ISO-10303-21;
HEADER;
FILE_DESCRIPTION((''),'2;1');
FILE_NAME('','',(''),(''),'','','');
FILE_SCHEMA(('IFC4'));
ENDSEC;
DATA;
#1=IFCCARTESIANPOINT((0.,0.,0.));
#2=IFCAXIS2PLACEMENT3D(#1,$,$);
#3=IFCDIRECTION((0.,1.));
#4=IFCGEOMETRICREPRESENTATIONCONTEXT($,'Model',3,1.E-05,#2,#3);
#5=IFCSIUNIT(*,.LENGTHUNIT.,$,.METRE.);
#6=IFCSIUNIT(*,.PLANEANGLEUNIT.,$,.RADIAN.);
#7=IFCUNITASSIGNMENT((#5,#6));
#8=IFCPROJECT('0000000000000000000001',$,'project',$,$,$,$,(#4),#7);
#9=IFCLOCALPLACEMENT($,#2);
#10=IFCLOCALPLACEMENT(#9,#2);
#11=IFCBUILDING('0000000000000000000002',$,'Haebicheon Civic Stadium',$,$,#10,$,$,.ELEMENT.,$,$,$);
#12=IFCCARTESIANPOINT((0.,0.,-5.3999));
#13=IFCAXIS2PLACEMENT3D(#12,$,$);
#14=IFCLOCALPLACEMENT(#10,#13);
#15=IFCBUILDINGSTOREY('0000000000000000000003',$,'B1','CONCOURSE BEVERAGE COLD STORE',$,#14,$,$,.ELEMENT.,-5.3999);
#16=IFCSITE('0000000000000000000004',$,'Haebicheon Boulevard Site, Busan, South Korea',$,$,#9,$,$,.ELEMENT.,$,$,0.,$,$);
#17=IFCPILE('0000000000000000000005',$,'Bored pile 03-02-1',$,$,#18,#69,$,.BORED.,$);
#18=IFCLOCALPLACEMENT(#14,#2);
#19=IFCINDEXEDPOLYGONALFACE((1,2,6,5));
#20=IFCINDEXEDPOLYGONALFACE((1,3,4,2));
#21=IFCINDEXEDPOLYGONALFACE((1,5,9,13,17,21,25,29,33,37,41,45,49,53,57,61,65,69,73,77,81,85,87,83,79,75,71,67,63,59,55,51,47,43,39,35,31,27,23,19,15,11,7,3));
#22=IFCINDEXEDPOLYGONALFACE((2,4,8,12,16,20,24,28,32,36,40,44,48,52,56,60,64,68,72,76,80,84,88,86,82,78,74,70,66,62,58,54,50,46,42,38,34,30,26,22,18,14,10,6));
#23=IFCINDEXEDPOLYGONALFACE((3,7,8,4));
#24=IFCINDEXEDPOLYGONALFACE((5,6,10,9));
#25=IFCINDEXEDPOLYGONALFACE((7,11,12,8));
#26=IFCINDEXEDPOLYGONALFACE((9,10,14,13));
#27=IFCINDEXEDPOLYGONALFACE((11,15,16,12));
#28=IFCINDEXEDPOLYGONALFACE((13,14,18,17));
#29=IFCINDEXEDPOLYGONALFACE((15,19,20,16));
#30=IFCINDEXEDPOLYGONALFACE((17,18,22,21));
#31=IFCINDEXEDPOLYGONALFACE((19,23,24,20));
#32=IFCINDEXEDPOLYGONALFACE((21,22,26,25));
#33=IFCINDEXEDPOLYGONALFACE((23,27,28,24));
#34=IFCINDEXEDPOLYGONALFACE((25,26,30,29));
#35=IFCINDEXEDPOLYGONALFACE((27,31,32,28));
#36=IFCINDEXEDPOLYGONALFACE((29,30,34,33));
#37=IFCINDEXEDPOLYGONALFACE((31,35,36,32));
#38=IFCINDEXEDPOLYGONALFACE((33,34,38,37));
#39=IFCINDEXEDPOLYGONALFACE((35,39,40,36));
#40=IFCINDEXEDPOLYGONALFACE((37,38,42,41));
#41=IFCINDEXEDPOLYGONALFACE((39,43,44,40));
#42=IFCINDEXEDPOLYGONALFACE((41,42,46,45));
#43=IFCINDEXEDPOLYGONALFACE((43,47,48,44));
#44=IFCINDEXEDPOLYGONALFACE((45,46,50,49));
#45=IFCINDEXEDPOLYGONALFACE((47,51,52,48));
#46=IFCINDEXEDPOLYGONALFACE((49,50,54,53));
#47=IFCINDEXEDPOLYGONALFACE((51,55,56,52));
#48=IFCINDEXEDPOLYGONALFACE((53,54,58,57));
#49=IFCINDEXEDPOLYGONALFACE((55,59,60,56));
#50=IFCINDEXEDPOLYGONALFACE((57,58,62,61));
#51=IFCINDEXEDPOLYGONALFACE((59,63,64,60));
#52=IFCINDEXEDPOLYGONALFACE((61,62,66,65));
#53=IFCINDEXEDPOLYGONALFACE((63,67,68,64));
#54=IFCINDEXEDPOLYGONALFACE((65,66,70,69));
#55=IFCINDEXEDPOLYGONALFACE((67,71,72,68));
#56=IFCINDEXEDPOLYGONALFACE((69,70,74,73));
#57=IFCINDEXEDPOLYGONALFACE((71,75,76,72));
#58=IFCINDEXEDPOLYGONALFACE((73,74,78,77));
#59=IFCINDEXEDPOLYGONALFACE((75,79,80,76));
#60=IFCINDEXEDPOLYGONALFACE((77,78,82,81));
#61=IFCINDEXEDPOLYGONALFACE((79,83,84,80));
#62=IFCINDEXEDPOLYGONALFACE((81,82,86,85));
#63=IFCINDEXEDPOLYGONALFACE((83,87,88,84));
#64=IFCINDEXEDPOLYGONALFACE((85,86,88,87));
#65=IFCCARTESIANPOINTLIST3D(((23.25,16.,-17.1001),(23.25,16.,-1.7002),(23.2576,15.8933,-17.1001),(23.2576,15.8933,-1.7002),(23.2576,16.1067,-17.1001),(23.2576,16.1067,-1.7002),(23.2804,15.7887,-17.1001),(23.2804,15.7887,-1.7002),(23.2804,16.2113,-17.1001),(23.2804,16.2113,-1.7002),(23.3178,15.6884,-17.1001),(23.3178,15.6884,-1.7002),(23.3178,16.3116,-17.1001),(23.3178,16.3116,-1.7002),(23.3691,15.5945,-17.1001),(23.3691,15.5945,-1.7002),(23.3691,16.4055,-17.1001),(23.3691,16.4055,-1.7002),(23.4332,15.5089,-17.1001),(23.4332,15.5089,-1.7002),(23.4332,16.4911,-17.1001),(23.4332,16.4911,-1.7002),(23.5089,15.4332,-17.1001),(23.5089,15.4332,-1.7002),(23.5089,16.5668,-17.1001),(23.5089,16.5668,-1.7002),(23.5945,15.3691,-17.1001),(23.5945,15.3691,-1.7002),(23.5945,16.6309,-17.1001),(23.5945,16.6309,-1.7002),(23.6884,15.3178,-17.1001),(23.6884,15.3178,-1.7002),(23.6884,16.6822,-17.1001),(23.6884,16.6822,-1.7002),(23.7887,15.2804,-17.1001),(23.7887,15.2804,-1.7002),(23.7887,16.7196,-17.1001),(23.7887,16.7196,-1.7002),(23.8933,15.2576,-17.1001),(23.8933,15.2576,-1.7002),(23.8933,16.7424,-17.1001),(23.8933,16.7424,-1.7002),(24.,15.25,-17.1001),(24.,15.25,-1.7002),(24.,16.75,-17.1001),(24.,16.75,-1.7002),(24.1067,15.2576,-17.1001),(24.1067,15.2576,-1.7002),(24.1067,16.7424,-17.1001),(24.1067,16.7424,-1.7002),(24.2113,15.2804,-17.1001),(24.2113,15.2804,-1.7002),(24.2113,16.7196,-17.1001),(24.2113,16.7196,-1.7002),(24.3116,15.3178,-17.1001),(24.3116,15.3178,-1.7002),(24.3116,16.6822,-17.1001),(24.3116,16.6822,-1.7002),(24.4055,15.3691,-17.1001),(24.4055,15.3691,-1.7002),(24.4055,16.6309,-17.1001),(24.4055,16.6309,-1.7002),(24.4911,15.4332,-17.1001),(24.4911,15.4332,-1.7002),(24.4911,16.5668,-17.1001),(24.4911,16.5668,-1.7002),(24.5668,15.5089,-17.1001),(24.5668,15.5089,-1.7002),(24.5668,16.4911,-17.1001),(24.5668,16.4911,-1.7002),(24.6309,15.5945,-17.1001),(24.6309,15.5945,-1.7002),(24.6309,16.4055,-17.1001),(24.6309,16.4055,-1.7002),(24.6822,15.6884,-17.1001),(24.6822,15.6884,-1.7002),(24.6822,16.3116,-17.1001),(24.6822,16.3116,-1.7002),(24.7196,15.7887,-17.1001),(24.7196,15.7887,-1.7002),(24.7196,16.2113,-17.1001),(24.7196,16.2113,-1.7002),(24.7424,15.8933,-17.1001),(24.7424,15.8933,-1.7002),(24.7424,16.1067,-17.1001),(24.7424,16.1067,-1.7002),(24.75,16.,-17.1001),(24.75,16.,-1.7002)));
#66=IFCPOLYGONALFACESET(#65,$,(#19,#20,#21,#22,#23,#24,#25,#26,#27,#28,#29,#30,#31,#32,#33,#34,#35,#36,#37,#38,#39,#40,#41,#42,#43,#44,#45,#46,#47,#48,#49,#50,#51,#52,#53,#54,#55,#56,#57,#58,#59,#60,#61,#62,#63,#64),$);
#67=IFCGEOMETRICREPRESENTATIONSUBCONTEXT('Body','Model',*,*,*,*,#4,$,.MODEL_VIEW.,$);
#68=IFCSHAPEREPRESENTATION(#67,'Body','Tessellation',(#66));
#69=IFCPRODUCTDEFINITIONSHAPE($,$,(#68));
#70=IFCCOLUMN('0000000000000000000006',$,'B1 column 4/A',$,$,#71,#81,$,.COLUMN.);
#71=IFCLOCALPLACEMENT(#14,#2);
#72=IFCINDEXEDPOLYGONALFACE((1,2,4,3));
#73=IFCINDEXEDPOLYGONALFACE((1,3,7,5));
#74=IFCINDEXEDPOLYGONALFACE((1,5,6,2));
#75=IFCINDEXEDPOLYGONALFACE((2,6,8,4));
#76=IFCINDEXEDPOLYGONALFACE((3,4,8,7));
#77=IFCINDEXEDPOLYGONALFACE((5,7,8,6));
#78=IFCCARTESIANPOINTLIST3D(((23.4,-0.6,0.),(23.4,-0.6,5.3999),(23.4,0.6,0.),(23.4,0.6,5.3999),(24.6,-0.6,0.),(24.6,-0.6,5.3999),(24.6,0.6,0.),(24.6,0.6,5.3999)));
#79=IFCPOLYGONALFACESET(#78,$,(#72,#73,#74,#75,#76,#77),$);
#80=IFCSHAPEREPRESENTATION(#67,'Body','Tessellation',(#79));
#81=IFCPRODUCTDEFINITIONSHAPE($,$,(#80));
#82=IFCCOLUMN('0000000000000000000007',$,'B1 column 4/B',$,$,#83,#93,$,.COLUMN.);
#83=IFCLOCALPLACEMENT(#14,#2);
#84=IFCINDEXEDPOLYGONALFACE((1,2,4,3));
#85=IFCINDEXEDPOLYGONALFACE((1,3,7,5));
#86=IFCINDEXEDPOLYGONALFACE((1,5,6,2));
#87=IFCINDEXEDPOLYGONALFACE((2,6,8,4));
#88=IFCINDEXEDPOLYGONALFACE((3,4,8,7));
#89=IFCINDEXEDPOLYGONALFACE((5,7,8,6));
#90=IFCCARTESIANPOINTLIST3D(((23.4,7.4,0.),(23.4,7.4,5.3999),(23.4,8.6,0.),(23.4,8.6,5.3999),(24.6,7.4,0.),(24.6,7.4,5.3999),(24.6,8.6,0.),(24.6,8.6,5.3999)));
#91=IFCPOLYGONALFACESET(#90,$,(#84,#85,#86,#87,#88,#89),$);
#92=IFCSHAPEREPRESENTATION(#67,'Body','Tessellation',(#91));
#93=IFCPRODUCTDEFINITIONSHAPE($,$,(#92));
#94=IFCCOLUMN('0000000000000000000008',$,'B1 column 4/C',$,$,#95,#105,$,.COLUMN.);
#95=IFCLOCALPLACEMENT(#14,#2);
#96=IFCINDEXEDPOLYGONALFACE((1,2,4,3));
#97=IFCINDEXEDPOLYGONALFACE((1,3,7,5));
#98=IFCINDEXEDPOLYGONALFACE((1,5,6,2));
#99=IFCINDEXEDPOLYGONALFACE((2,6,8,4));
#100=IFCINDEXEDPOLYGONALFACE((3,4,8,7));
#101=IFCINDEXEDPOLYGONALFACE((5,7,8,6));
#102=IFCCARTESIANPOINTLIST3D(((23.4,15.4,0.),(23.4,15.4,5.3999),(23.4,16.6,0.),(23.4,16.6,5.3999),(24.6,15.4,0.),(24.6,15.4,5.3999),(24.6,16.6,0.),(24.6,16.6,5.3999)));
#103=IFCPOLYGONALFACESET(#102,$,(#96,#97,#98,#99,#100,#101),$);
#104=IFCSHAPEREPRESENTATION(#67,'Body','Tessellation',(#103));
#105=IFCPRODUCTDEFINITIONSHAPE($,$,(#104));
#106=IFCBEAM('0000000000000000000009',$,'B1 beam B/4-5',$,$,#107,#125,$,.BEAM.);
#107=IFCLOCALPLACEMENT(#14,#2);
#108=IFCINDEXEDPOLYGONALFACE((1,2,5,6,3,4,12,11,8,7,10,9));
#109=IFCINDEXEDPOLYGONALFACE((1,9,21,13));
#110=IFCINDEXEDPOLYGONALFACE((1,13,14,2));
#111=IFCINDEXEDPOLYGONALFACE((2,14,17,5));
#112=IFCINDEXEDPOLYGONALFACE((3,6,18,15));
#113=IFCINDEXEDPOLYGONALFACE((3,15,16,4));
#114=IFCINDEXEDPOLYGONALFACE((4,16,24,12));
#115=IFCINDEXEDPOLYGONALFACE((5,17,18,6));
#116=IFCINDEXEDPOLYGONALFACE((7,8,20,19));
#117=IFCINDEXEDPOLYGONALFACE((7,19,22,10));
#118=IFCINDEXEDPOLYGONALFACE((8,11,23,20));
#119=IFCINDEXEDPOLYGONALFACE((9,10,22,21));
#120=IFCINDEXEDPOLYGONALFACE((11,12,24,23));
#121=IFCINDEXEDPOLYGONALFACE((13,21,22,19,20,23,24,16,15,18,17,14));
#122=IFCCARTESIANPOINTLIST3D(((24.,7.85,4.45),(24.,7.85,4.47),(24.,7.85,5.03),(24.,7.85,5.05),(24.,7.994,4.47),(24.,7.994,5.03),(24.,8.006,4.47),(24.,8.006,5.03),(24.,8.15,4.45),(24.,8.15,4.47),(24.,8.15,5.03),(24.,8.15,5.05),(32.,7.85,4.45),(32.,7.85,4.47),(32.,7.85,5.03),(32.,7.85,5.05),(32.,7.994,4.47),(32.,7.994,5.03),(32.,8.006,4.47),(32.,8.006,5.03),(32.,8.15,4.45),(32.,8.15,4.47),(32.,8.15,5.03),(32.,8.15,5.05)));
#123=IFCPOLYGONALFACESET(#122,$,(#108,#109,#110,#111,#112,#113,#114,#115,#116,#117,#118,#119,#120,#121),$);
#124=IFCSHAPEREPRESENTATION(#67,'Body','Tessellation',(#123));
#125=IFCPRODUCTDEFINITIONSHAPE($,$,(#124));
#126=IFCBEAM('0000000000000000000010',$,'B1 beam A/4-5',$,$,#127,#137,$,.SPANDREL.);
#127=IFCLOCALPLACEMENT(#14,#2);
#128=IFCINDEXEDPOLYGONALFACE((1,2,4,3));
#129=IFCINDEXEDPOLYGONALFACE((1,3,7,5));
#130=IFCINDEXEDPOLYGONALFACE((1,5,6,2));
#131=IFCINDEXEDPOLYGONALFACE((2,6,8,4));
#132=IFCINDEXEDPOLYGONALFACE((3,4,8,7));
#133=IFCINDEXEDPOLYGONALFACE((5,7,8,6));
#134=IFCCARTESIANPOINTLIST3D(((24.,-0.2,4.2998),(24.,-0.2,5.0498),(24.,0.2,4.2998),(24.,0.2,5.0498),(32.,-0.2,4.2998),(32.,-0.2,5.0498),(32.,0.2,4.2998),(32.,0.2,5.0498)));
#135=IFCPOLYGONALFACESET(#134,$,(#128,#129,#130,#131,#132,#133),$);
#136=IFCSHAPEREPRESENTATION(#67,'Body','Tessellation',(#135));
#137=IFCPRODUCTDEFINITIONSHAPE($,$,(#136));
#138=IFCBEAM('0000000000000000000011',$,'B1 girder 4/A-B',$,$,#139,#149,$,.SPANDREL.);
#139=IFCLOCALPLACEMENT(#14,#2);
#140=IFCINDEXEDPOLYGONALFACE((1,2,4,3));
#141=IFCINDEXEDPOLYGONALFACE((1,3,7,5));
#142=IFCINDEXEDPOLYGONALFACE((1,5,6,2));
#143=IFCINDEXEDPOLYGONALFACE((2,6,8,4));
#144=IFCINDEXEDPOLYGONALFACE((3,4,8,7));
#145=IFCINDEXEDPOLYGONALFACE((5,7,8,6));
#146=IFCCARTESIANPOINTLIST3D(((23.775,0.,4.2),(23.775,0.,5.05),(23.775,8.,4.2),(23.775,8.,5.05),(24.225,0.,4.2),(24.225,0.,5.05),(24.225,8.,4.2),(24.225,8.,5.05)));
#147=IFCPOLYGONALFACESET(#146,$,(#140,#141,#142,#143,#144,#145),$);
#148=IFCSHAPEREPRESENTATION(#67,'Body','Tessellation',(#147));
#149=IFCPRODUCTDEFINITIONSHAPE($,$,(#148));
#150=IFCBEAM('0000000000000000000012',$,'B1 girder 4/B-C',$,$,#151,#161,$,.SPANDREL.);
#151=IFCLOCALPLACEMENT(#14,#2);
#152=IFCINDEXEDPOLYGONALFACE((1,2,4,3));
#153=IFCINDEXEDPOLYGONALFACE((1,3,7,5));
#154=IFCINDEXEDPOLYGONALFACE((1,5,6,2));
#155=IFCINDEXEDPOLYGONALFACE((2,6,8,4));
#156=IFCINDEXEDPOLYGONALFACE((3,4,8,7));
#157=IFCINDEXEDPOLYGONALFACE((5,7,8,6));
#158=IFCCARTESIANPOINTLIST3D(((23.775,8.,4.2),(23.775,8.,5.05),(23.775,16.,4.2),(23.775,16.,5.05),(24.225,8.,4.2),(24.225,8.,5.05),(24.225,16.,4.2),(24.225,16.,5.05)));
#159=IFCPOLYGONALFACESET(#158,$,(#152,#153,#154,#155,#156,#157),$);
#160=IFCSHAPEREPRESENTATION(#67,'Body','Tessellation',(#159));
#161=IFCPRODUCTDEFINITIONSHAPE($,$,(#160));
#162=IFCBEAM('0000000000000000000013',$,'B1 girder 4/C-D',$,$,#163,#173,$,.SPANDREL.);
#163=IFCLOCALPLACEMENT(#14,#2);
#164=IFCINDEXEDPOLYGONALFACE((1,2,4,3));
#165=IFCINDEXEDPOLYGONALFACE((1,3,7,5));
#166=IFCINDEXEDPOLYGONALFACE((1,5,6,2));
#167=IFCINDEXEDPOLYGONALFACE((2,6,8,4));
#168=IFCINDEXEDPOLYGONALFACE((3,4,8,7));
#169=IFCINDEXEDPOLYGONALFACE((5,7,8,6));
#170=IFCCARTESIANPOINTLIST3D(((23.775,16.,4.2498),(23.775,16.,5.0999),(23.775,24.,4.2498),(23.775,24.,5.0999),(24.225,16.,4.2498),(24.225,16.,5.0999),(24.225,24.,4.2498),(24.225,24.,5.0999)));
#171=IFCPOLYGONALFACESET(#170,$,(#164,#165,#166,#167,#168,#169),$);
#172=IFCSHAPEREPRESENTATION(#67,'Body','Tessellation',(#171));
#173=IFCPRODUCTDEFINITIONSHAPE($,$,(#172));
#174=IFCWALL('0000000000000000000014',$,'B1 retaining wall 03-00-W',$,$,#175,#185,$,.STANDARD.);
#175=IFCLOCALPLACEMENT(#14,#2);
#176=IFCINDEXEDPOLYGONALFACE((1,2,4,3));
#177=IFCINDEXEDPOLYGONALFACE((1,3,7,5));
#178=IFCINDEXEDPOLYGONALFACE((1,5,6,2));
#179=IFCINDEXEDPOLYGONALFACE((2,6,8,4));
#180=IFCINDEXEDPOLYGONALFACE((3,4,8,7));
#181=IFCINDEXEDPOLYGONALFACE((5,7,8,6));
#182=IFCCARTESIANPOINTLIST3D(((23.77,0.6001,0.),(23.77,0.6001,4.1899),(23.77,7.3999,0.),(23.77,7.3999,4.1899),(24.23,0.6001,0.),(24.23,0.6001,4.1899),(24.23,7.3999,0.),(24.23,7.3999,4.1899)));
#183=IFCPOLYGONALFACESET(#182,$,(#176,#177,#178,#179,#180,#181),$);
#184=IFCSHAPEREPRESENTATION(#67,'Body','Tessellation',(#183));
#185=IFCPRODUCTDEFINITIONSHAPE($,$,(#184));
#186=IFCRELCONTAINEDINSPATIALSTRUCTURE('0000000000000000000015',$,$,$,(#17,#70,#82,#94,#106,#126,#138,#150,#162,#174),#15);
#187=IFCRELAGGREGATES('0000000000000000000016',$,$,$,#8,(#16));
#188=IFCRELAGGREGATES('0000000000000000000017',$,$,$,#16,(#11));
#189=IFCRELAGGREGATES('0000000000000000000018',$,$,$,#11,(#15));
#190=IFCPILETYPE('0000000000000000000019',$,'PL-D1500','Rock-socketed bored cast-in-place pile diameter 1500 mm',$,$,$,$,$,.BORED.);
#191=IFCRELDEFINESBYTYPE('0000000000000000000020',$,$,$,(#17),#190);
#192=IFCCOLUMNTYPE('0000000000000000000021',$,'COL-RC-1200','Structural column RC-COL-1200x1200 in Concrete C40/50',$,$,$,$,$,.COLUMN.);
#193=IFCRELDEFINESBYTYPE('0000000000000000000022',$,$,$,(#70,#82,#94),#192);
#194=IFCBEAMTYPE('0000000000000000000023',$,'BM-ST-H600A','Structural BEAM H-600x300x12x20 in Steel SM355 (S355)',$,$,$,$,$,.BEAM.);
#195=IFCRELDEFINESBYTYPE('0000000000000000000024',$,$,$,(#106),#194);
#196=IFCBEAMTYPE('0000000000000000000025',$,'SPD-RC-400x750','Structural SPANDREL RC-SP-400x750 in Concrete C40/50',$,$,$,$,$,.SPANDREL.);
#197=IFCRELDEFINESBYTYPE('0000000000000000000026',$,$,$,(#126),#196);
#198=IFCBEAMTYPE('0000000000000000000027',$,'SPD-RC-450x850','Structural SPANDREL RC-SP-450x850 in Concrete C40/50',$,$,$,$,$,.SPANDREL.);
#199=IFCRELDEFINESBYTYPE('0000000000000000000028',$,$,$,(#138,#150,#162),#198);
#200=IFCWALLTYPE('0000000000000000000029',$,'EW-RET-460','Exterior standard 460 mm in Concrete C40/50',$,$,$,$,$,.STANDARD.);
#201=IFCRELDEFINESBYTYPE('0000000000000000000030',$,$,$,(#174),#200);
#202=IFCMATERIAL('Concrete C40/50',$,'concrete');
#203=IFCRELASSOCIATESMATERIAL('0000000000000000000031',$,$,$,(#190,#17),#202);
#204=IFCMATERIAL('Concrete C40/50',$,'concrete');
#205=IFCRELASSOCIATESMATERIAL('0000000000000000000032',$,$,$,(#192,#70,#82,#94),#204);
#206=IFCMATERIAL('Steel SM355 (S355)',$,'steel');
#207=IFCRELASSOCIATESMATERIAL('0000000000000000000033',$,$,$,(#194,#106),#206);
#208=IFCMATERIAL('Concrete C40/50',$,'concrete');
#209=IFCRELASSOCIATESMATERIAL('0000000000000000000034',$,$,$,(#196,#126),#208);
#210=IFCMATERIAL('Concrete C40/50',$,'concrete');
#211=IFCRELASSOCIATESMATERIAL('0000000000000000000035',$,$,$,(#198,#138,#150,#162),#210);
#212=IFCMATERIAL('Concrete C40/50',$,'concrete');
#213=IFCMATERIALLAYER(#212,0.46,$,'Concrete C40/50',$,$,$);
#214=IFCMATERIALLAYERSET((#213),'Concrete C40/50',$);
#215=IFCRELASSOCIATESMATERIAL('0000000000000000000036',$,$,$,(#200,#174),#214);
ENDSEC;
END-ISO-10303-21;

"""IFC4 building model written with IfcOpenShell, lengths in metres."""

from ifc_helpers import new_model, si_unit, direction, frame, frame_2d, origin, origin_2d, place, context, subcontext, project, spatial, rectangle, circle, i_section, extrude, material, layer, layer_set, material_profile, profile_set, type_object, element, save


model = new_model("IFC4")

# Units and contexts
model_context = context("Model", 3, precision=1e-05, world=origin(), true_north=direction((0.0, 1.0)))
body_context = subcontext(model_context, "Body", "Model", "MODEL_VIEW")
ifc_project = project(units=[si_unit("LENGTHUNIT", "METRE"), si_unit("PLANEANGLEUNIT", "RADIAN")], contexts=[model_context])

# Site, building, storey
site_placement = place(None, origin())
site = spatial("IfcSite", under=ifc_project, at=site_placement, Name="Haebicheon Boulevard Site, Busan, South Korea", CompositionType="ELEMENT", RefElevation=0.0)
building_placement = place(site_placement, origin())
building = spatial("IfcBuilding", under=site, at=building_placement, Name="Haebicheon Civic Stadium", CompositionType="ELEMENT")
storey_placement = place(building_placement, frame((0.0, 0.0, -5.3999)))
storey = spatial("IfcBuildingStorey", under=building, at=storey_placement, Name="B1", Description="CONCOURSE BEVERAGE COLD STORE", CompositionType="ELEMENT", Elevation=-5.3999)

# Pile
ifc_material_1 = material(Name="Concrete C40/50", Category="concrete")
ifc_material_profile_1 = material_profile(ifc_material_1, circle(Radius=0.75, at=origin_2d()), Name="PILE-D1500")
ifc_profile_set_1 = profile_set([ifc_material_profile_1], Name="Concrete C40/50")
pile_type_1 = type_object("IfcPileType", Name="PL-D1500", Description="Rock-socketed bored cast-in-place pile diameter 1500 mm", PredefinedType="BORED", material=ifc_profile_set_1)
pile_1_placement = place(storey_placement, frame((24.0, 16.0, -1.7002), z_axis=(0.0, 0.0, -1.0), x_axis=(1.0, 0.0, 0.0)))
element("IfcPile", 1, at=pile_1_placement, inside=storey, type_object=pile_type_1, material=ifc_profile_set_1, Name="Bored pile 03-02-1", PredefinedType="BORED", context=body_context, shape_type="SweptSolid", body=[
    extrude(circle(Radius=0.75, at=origin_2d()), origin(), (0.0, 0.0, 1.0), 15.3999),
])

# Columns
ifc_material_2 = material(Name="Concrete C40/50", Category="concrete")
ifc_material_profile_2 = material_profile(ifc_material_2, rectangle(XDim=1.2, YDim=1.2, at=origin_2d()), Name="RC-COL-1200x1200")
ifc_profile_set_2 = profile_set([ifc_material_profile_2], Name="Concrete C40/50")
column_type = type_object("IfcColumnType", Name="COL-RC-1200", Description="Structural column RC-COL-1200x1200 in Concrete C40/50", PredefinedType="COLUMN", material=ifc_profile_set_2)
for number, where, z_axis, x_axis, name in (
    (2, (24.0, 0.0, 0.0), (0.0, 0.0, 1.0), (1.0, 0.0, 0.0), "B1 column 4/A"),
    (3, (24.0, 8.0, 0.0), (0.0, 0.0, 1.0), (1.0, 0.0, 0.0), "B1 column 4/B"),
    (4, (24.0, 16.0, 0.0), (0.0, 0.0, 1.0), (1.0, 0.0, 0.0), "B1 column 4/C"),
):
    element("IfcColumn", number, at=place(storey_placement, frame(where, z_axis=z_axis, x_axis=x_axis)), inside=storey, type_object=column_type, material=ifc_profile_set_2, Name=name, PredefinedType="COLUMN", context=body_context, shape_type="SweptSolid", body=[
        extrude(rectangle(XDim=1.2, YDim=1.2, at=origin_2d()), origin(), (0.0, 0.0, 1.0), 5.3999),
    ])

# Beams
ifc_material_3 = material(Name="Steel SM355 (S355)", Category="steel")
ifc_material_profile_3 = material_profile(ifc_material_3, i_section(OverallWidth=0.3, OverallDepth=0.6001, WebThickness=0.012, FlangeThickness=0.02, at=origin_2d()), Name="H-600x300x12x20")
ifc_profile_set_3 = profile_set([ifc_material_profile_3], Name="Steel SM355 (S355)")
beam_type_1 = type_object("IfcBeamType", Name="BM-ST-H600A", Description="Structural BEAM H-600x300x12x20 in Steel SM355 (S355)", PredefinedType="BEAM", material=ifc_profile_set_3)
beam_1_placement = place(storey_placement, frame((24.0, 8.0, 4.75), z_axis=(1.0, 0.0, 0.0), x_axis=(0.0, 1.0, 0.0)))
element("IfcBeam", 5, at=beam_1_placement, inside=storey, type_object=beam_type_1, material=ifc_profile_set_3, Name="B1 beam B/4-5", PredefinedType="BEAM", context=body_context, shape_type="SweptSolid", body=[
    extrude(i_section(OverallWidth=0.3, OverallDepth=0.6001, WebThickness=0.012, FlangeThickness=0.02, at=origin_2d()), origin(), (0.0, 0.0, 1.0), 8.0),
])
ifc_material_4 = material(Name="Concrete C40/50", Category="concrete")
ifc_material_profile_4 = material_profile(ifc_material_4, rectangle(XDim=0.3999, YDim=0.75, at=origin_2d()), Name="RC-SP-400x750")
ifc_profile_set_4 = profile_set([ifc_material_profile_4], Name="Concrete C40/50")
beam_type_2 = type_object("IfcBeamType", Name="SPD-RC-400x750", Description="Structural SPANDREL RC-SP-400x750 in Concrete C40/50", PredefinedType="SPANDREL", material=ifc_profile_set_4)
beam_2_placement = place(storey_placement, frame((24.0, 0.0, 4.6748), z_axis=(1.0, 0.0, 0.0), x_axis=(0.0, 1.0, 0.0)))
element("IfcBeam", 6, at=beam_2_placement, inside=storey, type_object=beam_type_2, material=ifc_profile_set_4, Name="B1 beam A/4-5", PredefinedType="SPANDREL", context=body_context, shape_type="SweptSolid", body=[
    extrude(rectangle(XDim=0.3999, YDim=0.75, at=origin_2d()), origin(), (0.0, 0.0, 1.0), 8.0),
])
ifc_material_5 = material(Name="Concrete C40/50", Category="concrete")
ifc_material_profile_5 = material_profile(ifc_material_5, rectangle(XDim=0.45, YDim=0.8501, at=origin_2d()), Name="RC-SP-450x850")
ifc_profile_set_5 = profile_set([ifc_material_profile_5], Name="Concrete C40/50")
beam_type_3 = type_object("IfcBeamType", Name="SPD-RC-450x850", Description="Structural SPANDREL RC-SP-450x850 in Concrete C40/50", PredefinedType="SPANDREL", material=ifc_profile_set_5)
for number, where, z_axis, x_axis, name in (
    (7, (24.0, 0.0, 4.625), (0.0, 1.0, 0.0), (-1.0, 0.0, 0.0), "B1 girder 4/A-B"),
    (8, (24.0, 8.0, 4.625), (0.0, 1.0, 0.0), (-1.0, 0.0, 0.0), "B1 girder 4/B-C"),
    (9, (24.0, 16.0, 4.6748), (0.0, 1.0, 0.0), (-1.0, 0.0, 0.0), "B1 girder 4/C-D"),
):
    element("IfcBeam", number, at=place(storey_placement, frame(where, z_axis=z_axis, x_axis=x_axis)), inside=storey, type_object=beam_type_3, material=ifc_profile_set_5, Name=name, PredefinedType="SPANDREL", context=body_context, shape_type="SweptSolid", body=[
        extrude(rectangle(XDim=0.45, YDim=0.8501, at=origin_2d()), origin(), (0.0, 0.0, 1.0), 8.0),
    ])

# Wall
ifc_material_6 = material(Name="Concrete C40/50", Category="concrete")
ifc_layer_1 = layer(ifc_material_6, 0.46, Name="Concrete C40/50")
ifc_layer_set_1 = layer_set([ifc_layer_1], Name="Concrete C40/50")
wall_type_1 = type_object("IfcWallType", Name="EW-RET-460", Description="Exterior standard 460 mm in Concrete C40/50", PredefinedType="STANDARD", material=ifc_layer_set_1)
wall_1_placement = place(storey_placement, frame((24.0, 0.6001, 0.0), z_axis=(0.0, 0.0, 1.0), x_axis=(0.0, 1.0, 0.0)))
element("IfcWall", 10, at=wall_1_placement, inside=storey, type_object=wall_type_1, material=ifc_layer_set_1, Name="B1 retaining wall 03-00-W", PredefinedType="STANDARD", context=body_context, shape_type="SweptSolid", body=[
    extrude(rectangle(XDim=6.7998, YDim=0.46, at=frame_2d((3.3999, 0.0))), origin(), (0.0, 0.0, 1.0), 4.1899),
])

save(model, "model.ifc")
